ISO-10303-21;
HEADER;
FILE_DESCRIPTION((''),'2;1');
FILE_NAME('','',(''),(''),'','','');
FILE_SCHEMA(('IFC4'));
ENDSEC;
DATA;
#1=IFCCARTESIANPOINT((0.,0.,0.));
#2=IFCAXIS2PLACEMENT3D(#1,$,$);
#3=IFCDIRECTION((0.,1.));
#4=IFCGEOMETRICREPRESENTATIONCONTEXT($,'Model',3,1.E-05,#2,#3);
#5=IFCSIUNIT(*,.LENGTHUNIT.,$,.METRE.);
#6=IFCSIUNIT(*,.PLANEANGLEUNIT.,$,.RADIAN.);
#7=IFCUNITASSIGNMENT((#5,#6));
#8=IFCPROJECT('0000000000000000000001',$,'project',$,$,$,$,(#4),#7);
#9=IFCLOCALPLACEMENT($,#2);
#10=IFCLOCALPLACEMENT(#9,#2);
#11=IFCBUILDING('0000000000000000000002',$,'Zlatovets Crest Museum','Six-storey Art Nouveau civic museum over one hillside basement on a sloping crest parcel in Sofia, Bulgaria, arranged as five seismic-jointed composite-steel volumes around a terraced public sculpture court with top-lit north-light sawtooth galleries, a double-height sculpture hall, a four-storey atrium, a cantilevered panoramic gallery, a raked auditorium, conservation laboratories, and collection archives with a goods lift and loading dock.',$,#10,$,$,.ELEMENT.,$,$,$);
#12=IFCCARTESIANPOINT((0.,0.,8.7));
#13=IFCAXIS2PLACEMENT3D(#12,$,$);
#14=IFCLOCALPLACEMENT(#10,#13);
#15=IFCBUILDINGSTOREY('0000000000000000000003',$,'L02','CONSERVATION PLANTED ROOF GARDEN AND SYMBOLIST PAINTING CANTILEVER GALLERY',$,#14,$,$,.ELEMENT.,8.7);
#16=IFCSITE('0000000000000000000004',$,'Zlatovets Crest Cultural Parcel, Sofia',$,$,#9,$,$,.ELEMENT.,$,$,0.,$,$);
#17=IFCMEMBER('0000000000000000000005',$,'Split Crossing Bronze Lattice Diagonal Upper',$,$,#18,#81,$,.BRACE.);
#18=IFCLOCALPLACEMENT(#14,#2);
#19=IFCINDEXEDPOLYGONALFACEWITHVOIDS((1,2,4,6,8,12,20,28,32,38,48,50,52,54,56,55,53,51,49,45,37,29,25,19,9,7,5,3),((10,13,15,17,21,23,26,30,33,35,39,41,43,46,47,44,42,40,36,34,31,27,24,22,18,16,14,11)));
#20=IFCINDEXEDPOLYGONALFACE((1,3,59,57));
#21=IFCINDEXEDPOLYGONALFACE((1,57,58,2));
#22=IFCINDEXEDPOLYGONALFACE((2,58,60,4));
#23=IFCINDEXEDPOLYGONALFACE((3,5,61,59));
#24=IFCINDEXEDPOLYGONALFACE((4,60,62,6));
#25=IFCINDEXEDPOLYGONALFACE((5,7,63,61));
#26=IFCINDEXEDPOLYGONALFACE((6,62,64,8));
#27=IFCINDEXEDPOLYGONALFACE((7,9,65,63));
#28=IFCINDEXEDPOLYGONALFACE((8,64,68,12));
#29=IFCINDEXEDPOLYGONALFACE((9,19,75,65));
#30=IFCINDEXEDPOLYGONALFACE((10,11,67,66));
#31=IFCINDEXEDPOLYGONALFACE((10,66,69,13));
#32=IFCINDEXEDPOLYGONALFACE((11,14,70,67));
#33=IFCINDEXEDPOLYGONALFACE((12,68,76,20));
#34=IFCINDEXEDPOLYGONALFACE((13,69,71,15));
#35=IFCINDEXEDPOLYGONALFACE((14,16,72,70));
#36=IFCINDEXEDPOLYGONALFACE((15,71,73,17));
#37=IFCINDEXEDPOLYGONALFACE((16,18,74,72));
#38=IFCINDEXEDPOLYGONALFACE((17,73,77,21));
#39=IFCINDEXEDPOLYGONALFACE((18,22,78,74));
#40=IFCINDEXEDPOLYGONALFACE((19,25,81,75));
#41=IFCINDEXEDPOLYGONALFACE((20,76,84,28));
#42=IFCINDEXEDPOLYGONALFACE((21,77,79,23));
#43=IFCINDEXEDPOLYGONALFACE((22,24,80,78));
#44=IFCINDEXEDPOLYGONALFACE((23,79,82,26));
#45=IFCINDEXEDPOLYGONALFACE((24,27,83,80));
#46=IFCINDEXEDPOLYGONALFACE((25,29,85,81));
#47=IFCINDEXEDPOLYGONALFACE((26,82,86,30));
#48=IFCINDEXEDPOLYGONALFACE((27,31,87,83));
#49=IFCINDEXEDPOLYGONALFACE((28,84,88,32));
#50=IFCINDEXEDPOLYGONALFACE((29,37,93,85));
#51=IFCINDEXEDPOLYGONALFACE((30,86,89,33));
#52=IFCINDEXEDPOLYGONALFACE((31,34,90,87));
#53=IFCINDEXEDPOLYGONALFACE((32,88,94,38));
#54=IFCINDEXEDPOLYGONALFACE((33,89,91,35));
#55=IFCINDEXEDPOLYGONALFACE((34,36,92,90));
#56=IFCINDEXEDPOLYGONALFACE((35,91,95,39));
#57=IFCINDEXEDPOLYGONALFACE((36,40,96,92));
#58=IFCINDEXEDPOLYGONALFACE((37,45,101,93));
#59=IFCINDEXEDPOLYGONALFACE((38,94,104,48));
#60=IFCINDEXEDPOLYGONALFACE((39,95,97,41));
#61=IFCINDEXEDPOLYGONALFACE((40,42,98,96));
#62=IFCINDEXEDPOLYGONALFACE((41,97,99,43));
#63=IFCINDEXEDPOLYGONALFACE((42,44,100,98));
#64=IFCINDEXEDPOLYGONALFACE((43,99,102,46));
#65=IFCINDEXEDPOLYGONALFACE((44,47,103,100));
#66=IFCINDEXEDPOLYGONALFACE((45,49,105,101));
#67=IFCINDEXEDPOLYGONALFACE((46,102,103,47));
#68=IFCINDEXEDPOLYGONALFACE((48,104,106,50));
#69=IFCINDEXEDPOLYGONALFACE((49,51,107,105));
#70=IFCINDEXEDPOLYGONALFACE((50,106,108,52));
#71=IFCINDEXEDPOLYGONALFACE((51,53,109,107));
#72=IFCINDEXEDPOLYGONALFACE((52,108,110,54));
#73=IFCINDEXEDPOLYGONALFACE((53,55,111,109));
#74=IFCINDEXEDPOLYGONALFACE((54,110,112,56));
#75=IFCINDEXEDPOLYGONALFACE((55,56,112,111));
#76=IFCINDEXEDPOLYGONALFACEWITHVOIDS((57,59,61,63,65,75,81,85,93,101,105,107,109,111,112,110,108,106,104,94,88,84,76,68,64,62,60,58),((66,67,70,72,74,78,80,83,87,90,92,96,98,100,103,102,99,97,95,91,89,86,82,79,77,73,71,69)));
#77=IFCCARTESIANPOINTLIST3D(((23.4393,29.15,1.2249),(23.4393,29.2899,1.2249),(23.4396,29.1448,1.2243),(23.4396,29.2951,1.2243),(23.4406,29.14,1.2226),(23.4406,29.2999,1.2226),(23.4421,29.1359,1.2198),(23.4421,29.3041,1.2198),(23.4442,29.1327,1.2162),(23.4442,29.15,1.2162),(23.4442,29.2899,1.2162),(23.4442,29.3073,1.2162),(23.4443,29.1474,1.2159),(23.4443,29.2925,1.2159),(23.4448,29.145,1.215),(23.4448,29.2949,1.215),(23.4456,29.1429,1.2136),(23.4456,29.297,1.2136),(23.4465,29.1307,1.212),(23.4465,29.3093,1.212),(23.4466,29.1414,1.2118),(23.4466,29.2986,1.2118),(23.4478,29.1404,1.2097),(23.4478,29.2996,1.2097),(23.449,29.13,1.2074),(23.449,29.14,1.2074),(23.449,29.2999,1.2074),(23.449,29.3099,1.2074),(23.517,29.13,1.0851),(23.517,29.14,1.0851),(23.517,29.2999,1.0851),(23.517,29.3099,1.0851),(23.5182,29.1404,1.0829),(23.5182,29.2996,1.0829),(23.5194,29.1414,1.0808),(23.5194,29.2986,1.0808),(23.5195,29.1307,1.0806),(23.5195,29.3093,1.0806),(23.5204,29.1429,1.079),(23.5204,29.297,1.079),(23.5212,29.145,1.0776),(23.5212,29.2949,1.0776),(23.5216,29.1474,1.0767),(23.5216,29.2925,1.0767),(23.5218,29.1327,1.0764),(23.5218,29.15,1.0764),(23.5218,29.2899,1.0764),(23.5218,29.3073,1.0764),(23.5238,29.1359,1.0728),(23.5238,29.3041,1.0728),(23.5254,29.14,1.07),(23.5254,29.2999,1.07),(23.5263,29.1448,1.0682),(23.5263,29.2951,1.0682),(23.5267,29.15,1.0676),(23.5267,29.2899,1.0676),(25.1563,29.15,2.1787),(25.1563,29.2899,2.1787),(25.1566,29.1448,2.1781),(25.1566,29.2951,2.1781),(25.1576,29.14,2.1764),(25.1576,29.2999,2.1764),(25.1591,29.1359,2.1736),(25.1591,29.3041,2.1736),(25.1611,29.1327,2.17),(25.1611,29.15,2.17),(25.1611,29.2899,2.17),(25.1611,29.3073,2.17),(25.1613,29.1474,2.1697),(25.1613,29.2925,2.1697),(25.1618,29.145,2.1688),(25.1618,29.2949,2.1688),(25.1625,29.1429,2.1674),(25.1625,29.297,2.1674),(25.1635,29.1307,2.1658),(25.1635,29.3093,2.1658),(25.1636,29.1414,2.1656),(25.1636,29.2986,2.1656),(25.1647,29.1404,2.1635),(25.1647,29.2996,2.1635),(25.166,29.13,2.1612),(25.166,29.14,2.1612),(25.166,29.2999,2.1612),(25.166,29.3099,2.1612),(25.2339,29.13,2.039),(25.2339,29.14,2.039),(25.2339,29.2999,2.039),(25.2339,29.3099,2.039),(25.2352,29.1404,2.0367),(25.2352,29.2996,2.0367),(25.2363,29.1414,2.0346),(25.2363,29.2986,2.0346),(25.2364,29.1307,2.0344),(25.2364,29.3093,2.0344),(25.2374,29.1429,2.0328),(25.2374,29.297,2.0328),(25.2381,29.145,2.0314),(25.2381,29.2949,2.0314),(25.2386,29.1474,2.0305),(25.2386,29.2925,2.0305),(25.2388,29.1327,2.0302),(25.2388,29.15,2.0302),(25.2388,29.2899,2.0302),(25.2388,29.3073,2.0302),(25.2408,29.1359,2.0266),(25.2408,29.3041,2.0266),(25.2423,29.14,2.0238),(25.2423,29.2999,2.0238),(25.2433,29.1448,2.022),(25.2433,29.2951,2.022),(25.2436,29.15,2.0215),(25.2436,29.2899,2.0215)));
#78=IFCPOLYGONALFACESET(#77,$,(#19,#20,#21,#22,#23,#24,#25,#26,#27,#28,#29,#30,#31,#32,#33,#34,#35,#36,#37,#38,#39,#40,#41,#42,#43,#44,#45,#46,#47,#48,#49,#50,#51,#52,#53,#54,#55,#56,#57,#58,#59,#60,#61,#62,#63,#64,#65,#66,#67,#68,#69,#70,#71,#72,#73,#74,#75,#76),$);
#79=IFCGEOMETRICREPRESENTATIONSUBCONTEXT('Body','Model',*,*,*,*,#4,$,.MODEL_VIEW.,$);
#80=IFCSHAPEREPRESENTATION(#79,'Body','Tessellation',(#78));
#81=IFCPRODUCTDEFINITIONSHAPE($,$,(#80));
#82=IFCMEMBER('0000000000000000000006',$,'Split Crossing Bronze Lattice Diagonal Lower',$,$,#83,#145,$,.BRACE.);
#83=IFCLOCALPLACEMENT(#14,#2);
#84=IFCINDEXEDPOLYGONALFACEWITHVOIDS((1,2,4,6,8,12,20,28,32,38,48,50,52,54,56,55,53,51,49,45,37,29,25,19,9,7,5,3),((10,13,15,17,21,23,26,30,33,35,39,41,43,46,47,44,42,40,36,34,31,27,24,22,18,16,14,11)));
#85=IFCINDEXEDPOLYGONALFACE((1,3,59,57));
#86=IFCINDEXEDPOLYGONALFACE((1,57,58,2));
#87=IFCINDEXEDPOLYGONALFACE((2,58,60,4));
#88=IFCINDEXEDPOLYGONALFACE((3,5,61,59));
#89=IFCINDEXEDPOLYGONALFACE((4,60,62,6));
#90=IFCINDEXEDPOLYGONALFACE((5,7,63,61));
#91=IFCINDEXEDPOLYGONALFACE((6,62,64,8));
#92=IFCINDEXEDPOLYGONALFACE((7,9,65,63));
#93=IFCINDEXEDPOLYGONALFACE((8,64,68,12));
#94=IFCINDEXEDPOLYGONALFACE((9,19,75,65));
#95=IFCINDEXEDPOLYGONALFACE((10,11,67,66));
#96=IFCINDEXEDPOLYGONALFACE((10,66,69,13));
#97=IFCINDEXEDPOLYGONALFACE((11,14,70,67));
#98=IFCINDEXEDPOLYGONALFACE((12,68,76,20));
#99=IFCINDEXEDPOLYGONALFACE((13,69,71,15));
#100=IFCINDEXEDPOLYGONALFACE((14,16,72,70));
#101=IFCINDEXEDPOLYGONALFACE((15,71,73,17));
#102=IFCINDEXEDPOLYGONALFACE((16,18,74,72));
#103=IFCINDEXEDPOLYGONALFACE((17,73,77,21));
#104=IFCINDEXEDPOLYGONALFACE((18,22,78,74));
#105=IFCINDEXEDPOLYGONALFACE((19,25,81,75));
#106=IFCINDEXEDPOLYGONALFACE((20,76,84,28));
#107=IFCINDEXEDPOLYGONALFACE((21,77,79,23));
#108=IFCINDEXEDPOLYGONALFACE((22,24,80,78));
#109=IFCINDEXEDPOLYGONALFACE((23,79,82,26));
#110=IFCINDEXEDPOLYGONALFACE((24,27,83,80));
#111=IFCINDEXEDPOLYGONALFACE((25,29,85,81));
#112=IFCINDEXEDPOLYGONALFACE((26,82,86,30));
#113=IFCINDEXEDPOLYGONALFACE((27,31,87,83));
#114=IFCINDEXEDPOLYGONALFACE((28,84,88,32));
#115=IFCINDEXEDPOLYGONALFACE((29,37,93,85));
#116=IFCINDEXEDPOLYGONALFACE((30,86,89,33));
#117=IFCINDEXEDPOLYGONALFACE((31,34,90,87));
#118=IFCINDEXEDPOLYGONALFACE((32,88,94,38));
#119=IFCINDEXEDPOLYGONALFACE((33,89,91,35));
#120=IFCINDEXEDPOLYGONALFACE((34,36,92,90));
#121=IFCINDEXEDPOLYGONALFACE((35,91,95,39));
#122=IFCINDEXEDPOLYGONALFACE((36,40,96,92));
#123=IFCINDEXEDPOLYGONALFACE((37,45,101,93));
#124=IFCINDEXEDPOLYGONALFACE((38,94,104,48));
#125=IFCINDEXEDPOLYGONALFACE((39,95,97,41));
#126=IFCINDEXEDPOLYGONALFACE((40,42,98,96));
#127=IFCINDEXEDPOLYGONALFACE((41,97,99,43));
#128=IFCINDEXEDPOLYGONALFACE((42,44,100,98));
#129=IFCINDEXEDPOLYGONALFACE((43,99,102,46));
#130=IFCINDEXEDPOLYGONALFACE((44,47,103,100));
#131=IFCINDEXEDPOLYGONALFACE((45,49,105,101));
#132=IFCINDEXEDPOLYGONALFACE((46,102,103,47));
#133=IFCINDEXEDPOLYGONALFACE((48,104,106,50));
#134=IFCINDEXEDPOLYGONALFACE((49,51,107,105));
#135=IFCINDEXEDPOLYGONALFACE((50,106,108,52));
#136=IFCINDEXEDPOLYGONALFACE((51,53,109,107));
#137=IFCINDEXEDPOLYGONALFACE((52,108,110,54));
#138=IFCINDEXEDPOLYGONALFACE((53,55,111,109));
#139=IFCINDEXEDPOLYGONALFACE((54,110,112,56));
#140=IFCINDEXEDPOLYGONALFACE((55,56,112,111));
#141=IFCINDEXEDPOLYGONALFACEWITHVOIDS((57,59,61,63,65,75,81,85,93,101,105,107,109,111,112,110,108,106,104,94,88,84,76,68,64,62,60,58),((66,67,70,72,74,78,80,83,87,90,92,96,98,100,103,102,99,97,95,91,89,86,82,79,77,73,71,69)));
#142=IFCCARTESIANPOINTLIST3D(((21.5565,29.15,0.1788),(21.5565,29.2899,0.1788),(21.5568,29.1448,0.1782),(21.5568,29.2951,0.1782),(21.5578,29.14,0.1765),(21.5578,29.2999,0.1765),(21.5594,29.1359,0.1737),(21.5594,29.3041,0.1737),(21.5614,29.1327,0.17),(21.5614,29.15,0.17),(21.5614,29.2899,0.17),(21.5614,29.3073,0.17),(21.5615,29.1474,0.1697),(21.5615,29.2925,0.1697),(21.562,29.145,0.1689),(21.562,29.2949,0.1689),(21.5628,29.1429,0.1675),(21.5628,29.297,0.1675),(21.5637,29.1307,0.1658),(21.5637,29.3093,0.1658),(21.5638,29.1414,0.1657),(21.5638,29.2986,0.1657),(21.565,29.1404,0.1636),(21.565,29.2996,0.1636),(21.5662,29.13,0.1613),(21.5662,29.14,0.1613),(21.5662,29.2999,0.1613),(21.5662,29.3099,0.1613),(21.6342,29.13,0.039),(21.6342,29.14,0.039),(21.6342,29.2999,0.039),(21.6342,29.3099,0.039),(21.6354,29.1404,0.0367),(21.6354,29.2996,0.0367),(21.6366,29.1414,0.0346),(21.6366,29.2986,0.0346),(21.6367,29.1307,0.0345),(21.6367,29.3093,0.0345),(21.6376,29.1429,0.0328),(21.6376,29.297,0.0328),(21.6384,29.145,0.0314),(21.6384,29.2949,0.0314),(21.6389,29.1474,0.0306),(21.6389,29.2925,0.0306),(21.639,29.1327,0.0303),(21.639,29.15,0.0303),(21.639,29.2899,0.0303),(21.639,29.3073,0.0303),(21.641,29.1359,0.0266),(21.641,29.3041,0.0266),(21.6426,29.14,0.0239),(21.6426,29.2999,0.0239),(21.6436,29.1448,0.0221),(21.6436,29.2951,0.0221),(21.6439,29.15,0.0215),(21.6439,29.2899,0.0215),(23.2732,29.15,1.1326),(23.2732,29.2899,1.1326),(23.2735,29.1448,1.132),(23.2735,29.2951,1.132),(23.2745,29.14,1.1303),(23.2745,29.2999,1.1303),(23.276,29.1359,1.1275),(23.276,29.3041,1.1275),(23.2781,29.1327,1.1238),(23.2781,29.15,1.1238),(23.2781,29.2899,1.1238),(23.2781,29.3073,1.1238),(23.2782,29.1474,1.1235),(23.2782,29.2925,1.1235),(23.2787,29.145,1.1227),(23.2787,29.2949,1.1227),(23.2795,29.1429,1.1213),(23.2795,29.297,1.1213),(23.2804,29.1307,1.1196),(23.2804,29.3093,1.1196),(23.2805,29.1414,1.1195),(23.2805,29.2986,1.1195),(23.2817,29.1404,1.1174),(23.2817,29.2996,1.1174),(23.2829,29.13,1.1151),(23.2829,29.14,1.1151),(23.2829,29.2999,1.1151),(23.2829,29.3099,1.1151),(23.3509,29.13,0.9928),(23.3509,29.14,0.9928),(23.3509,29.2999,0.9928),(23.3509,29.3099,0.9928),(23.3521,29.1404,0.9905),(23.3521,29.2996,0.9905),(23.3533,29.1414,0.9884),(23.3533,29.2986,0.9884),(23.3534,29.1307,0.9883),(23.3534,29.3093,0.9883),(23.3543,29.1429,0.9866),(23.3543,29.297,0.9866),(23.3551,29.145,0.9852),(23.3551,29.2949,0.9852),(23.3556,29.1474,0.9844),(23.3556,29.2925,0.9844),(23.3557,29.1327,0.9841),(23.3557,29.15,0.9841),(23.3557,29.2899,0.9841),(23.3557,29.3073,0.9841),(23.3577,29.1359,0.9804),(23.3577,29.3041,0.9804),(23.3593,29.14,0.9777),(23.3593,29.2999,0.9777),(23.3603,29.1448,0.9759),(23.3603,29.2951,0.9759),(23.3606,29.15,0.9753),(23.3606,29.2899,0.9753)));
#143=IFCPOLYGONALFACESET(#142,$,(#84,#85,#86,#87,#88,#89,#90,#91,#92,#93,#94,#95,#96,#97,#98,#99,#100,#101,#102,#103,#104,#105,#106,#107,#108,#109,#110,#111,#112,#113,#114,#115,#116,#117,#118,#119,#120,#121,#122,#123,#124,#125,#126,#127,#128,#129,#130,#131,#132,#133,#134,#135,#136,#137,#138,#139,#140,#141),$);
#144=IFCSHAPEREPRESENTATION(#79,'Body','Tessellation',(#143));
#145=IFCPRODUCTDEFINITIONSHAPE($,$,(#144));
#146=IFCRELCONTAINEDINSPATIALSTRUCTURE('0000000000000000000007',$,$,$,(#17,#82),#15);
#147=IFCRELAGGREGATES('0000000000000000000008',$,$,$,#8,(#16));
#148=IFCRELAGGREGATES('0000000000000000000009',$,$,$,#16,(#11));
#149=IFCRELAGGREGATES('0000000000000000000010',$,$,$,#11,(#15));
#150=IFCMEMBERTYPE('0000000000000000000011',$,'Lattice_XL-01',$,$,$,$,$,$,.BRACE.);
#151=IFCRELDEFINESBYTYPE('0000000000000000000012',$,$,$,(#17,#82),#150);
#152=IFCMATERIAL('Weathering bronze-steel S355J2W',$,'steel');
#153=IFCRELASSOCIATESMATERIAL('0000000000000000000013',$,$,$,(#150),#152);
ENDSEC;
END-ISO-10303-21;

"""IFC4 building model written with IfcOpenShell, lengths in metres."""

from ifc_helpers import new_model, si_unit, direction, frame, origin, origin_2d, place, context, subcontext, project, spatial, hollow_rectangle, extrude, material, material_profile, profile_set, type_object, element, save


model = new_model("IFC4")

# Units and contexts
model_context = context("Model", 3, precision=1e-05, world=origin(), true_north=direction((0.0, 1.0)))
body_context = subcontext(model_context, "Body", "Model", "MODEL_VIEW")
ifc_project = project(units=[si_unit("LENGTHUNIT", "METRE"), si_unit("PLANEANGLEUNIT", "RADIAN")], contexts=[model_context])

# Site, building, storey
site_placement = place(None, origin())
site = spatial("IfcSite", under=ifc_project, at=site_placement, Name="Zlatovets Crest Cultural Parcel, Sofia", CompositionType="ELEMENT", RefElevation=0.0)
building_placement = place(site_placement, origin())
building = spatial("IfcBuilding", under=site, at=building_placement, Name="Zlatovets Crest Museum", Description="Six-storey Art Nouveau civic museum over one hillside basement on a sloping crest parcel in Sofia, Bulgaria, arranged as five seismic-jointed composite-steel volumes around a terraced public sculpture court with top-lit north-light sawtooth galleries, a double-height sculpture hall, a four-storey atrium, a cantilevered panoramic gallery, a raked auditorium, conservation laboratories, and collection archives with a goods lift and loading dock.", CompositionType="ELEMENT")
storey_placement = place(building_placement, frame((0.0, 0.0, 8.7)))
storey = spatial("IfcBuildingStorey", under=building, at=storey_placement, Name="L02", Description="CONSERVATION PLANTED ROOF GARDEN AND SYMBOLIST PAINTING CANTILEVER GALLERY", CompositionType="ELEMENT", Elevation=8.7)

# Members
ifc_material_1 = material(Name="Weathering bronze-steel S355J2W", Category="steel")
ifc_material_profile_1 = material_profile(ifc_material_1, hollow_rectangle(XDim=0.1799, YDim=0.1799, WallThickness=0.01, InnerFilletRadius=0.01, OuterFilletRadius=0.02, at=origin_2d()), Name="SHS 180x180x10.0")
ifc_profile_set_1 = profile_set([ifc_material_profile_1], Name="Weathering bronze-steel S355J2W")
member_type_1 = type_object("IfcMemberType", Name="Lattice_XL-01", PredefinedType="BRACE", material=ifc_profile_set_1)
member_1_placement = place(storey_placement, frame((25.2, 29.22, 2.1001), z_axis=(-0.874169, 0.0, -0.485622), x_axis=(0.0, -1.0, 0.0)))
element("IfcMember", 1, at=member_1_placement, inside=storey, type_object=member_type_1, Name="Split Crossing Bronze Lattice Diagonal Upper", PredefinedType="BRACE", context=body_context, shape_type="SweptSolid", body=[
    extrude(hollow_rectangle(XDim=0.1799, YDim=0.1799, WallThickness=0.01, InnerFilletRadius=0.01, OuterFilletRadius=0.02, at=origin_2d()), origin(), (0.0, 0.0, 1.0), 1.9641),
])
member_2_placement = place(storey_placement, frame((23.3169, 29.22, 1.054), z_axis=(-0.87414, 0.0, -0.485675), x_axis=(0.0, -1.0, 0.0)))
element("IfcMember", 2, at=member_2_placement, inside=storey, type_object=member_type_1, Name="Split Crossing Bronze Lattice Diagonal Lower", PredefinedType="BRACE", context=body_context, shape_type="SweptSolid", body=[
    extrude(hollow_rectangle(XDim=0.1799, YDim=0.1799, WallThickness=0.01, InnerFilletRadius=0.01, OuterFilletRadius=0.02, at=origin_2d()), origin(), (0.0, 0.0, 1.0), 1.9639),
])

save(model, "model.ifc")
